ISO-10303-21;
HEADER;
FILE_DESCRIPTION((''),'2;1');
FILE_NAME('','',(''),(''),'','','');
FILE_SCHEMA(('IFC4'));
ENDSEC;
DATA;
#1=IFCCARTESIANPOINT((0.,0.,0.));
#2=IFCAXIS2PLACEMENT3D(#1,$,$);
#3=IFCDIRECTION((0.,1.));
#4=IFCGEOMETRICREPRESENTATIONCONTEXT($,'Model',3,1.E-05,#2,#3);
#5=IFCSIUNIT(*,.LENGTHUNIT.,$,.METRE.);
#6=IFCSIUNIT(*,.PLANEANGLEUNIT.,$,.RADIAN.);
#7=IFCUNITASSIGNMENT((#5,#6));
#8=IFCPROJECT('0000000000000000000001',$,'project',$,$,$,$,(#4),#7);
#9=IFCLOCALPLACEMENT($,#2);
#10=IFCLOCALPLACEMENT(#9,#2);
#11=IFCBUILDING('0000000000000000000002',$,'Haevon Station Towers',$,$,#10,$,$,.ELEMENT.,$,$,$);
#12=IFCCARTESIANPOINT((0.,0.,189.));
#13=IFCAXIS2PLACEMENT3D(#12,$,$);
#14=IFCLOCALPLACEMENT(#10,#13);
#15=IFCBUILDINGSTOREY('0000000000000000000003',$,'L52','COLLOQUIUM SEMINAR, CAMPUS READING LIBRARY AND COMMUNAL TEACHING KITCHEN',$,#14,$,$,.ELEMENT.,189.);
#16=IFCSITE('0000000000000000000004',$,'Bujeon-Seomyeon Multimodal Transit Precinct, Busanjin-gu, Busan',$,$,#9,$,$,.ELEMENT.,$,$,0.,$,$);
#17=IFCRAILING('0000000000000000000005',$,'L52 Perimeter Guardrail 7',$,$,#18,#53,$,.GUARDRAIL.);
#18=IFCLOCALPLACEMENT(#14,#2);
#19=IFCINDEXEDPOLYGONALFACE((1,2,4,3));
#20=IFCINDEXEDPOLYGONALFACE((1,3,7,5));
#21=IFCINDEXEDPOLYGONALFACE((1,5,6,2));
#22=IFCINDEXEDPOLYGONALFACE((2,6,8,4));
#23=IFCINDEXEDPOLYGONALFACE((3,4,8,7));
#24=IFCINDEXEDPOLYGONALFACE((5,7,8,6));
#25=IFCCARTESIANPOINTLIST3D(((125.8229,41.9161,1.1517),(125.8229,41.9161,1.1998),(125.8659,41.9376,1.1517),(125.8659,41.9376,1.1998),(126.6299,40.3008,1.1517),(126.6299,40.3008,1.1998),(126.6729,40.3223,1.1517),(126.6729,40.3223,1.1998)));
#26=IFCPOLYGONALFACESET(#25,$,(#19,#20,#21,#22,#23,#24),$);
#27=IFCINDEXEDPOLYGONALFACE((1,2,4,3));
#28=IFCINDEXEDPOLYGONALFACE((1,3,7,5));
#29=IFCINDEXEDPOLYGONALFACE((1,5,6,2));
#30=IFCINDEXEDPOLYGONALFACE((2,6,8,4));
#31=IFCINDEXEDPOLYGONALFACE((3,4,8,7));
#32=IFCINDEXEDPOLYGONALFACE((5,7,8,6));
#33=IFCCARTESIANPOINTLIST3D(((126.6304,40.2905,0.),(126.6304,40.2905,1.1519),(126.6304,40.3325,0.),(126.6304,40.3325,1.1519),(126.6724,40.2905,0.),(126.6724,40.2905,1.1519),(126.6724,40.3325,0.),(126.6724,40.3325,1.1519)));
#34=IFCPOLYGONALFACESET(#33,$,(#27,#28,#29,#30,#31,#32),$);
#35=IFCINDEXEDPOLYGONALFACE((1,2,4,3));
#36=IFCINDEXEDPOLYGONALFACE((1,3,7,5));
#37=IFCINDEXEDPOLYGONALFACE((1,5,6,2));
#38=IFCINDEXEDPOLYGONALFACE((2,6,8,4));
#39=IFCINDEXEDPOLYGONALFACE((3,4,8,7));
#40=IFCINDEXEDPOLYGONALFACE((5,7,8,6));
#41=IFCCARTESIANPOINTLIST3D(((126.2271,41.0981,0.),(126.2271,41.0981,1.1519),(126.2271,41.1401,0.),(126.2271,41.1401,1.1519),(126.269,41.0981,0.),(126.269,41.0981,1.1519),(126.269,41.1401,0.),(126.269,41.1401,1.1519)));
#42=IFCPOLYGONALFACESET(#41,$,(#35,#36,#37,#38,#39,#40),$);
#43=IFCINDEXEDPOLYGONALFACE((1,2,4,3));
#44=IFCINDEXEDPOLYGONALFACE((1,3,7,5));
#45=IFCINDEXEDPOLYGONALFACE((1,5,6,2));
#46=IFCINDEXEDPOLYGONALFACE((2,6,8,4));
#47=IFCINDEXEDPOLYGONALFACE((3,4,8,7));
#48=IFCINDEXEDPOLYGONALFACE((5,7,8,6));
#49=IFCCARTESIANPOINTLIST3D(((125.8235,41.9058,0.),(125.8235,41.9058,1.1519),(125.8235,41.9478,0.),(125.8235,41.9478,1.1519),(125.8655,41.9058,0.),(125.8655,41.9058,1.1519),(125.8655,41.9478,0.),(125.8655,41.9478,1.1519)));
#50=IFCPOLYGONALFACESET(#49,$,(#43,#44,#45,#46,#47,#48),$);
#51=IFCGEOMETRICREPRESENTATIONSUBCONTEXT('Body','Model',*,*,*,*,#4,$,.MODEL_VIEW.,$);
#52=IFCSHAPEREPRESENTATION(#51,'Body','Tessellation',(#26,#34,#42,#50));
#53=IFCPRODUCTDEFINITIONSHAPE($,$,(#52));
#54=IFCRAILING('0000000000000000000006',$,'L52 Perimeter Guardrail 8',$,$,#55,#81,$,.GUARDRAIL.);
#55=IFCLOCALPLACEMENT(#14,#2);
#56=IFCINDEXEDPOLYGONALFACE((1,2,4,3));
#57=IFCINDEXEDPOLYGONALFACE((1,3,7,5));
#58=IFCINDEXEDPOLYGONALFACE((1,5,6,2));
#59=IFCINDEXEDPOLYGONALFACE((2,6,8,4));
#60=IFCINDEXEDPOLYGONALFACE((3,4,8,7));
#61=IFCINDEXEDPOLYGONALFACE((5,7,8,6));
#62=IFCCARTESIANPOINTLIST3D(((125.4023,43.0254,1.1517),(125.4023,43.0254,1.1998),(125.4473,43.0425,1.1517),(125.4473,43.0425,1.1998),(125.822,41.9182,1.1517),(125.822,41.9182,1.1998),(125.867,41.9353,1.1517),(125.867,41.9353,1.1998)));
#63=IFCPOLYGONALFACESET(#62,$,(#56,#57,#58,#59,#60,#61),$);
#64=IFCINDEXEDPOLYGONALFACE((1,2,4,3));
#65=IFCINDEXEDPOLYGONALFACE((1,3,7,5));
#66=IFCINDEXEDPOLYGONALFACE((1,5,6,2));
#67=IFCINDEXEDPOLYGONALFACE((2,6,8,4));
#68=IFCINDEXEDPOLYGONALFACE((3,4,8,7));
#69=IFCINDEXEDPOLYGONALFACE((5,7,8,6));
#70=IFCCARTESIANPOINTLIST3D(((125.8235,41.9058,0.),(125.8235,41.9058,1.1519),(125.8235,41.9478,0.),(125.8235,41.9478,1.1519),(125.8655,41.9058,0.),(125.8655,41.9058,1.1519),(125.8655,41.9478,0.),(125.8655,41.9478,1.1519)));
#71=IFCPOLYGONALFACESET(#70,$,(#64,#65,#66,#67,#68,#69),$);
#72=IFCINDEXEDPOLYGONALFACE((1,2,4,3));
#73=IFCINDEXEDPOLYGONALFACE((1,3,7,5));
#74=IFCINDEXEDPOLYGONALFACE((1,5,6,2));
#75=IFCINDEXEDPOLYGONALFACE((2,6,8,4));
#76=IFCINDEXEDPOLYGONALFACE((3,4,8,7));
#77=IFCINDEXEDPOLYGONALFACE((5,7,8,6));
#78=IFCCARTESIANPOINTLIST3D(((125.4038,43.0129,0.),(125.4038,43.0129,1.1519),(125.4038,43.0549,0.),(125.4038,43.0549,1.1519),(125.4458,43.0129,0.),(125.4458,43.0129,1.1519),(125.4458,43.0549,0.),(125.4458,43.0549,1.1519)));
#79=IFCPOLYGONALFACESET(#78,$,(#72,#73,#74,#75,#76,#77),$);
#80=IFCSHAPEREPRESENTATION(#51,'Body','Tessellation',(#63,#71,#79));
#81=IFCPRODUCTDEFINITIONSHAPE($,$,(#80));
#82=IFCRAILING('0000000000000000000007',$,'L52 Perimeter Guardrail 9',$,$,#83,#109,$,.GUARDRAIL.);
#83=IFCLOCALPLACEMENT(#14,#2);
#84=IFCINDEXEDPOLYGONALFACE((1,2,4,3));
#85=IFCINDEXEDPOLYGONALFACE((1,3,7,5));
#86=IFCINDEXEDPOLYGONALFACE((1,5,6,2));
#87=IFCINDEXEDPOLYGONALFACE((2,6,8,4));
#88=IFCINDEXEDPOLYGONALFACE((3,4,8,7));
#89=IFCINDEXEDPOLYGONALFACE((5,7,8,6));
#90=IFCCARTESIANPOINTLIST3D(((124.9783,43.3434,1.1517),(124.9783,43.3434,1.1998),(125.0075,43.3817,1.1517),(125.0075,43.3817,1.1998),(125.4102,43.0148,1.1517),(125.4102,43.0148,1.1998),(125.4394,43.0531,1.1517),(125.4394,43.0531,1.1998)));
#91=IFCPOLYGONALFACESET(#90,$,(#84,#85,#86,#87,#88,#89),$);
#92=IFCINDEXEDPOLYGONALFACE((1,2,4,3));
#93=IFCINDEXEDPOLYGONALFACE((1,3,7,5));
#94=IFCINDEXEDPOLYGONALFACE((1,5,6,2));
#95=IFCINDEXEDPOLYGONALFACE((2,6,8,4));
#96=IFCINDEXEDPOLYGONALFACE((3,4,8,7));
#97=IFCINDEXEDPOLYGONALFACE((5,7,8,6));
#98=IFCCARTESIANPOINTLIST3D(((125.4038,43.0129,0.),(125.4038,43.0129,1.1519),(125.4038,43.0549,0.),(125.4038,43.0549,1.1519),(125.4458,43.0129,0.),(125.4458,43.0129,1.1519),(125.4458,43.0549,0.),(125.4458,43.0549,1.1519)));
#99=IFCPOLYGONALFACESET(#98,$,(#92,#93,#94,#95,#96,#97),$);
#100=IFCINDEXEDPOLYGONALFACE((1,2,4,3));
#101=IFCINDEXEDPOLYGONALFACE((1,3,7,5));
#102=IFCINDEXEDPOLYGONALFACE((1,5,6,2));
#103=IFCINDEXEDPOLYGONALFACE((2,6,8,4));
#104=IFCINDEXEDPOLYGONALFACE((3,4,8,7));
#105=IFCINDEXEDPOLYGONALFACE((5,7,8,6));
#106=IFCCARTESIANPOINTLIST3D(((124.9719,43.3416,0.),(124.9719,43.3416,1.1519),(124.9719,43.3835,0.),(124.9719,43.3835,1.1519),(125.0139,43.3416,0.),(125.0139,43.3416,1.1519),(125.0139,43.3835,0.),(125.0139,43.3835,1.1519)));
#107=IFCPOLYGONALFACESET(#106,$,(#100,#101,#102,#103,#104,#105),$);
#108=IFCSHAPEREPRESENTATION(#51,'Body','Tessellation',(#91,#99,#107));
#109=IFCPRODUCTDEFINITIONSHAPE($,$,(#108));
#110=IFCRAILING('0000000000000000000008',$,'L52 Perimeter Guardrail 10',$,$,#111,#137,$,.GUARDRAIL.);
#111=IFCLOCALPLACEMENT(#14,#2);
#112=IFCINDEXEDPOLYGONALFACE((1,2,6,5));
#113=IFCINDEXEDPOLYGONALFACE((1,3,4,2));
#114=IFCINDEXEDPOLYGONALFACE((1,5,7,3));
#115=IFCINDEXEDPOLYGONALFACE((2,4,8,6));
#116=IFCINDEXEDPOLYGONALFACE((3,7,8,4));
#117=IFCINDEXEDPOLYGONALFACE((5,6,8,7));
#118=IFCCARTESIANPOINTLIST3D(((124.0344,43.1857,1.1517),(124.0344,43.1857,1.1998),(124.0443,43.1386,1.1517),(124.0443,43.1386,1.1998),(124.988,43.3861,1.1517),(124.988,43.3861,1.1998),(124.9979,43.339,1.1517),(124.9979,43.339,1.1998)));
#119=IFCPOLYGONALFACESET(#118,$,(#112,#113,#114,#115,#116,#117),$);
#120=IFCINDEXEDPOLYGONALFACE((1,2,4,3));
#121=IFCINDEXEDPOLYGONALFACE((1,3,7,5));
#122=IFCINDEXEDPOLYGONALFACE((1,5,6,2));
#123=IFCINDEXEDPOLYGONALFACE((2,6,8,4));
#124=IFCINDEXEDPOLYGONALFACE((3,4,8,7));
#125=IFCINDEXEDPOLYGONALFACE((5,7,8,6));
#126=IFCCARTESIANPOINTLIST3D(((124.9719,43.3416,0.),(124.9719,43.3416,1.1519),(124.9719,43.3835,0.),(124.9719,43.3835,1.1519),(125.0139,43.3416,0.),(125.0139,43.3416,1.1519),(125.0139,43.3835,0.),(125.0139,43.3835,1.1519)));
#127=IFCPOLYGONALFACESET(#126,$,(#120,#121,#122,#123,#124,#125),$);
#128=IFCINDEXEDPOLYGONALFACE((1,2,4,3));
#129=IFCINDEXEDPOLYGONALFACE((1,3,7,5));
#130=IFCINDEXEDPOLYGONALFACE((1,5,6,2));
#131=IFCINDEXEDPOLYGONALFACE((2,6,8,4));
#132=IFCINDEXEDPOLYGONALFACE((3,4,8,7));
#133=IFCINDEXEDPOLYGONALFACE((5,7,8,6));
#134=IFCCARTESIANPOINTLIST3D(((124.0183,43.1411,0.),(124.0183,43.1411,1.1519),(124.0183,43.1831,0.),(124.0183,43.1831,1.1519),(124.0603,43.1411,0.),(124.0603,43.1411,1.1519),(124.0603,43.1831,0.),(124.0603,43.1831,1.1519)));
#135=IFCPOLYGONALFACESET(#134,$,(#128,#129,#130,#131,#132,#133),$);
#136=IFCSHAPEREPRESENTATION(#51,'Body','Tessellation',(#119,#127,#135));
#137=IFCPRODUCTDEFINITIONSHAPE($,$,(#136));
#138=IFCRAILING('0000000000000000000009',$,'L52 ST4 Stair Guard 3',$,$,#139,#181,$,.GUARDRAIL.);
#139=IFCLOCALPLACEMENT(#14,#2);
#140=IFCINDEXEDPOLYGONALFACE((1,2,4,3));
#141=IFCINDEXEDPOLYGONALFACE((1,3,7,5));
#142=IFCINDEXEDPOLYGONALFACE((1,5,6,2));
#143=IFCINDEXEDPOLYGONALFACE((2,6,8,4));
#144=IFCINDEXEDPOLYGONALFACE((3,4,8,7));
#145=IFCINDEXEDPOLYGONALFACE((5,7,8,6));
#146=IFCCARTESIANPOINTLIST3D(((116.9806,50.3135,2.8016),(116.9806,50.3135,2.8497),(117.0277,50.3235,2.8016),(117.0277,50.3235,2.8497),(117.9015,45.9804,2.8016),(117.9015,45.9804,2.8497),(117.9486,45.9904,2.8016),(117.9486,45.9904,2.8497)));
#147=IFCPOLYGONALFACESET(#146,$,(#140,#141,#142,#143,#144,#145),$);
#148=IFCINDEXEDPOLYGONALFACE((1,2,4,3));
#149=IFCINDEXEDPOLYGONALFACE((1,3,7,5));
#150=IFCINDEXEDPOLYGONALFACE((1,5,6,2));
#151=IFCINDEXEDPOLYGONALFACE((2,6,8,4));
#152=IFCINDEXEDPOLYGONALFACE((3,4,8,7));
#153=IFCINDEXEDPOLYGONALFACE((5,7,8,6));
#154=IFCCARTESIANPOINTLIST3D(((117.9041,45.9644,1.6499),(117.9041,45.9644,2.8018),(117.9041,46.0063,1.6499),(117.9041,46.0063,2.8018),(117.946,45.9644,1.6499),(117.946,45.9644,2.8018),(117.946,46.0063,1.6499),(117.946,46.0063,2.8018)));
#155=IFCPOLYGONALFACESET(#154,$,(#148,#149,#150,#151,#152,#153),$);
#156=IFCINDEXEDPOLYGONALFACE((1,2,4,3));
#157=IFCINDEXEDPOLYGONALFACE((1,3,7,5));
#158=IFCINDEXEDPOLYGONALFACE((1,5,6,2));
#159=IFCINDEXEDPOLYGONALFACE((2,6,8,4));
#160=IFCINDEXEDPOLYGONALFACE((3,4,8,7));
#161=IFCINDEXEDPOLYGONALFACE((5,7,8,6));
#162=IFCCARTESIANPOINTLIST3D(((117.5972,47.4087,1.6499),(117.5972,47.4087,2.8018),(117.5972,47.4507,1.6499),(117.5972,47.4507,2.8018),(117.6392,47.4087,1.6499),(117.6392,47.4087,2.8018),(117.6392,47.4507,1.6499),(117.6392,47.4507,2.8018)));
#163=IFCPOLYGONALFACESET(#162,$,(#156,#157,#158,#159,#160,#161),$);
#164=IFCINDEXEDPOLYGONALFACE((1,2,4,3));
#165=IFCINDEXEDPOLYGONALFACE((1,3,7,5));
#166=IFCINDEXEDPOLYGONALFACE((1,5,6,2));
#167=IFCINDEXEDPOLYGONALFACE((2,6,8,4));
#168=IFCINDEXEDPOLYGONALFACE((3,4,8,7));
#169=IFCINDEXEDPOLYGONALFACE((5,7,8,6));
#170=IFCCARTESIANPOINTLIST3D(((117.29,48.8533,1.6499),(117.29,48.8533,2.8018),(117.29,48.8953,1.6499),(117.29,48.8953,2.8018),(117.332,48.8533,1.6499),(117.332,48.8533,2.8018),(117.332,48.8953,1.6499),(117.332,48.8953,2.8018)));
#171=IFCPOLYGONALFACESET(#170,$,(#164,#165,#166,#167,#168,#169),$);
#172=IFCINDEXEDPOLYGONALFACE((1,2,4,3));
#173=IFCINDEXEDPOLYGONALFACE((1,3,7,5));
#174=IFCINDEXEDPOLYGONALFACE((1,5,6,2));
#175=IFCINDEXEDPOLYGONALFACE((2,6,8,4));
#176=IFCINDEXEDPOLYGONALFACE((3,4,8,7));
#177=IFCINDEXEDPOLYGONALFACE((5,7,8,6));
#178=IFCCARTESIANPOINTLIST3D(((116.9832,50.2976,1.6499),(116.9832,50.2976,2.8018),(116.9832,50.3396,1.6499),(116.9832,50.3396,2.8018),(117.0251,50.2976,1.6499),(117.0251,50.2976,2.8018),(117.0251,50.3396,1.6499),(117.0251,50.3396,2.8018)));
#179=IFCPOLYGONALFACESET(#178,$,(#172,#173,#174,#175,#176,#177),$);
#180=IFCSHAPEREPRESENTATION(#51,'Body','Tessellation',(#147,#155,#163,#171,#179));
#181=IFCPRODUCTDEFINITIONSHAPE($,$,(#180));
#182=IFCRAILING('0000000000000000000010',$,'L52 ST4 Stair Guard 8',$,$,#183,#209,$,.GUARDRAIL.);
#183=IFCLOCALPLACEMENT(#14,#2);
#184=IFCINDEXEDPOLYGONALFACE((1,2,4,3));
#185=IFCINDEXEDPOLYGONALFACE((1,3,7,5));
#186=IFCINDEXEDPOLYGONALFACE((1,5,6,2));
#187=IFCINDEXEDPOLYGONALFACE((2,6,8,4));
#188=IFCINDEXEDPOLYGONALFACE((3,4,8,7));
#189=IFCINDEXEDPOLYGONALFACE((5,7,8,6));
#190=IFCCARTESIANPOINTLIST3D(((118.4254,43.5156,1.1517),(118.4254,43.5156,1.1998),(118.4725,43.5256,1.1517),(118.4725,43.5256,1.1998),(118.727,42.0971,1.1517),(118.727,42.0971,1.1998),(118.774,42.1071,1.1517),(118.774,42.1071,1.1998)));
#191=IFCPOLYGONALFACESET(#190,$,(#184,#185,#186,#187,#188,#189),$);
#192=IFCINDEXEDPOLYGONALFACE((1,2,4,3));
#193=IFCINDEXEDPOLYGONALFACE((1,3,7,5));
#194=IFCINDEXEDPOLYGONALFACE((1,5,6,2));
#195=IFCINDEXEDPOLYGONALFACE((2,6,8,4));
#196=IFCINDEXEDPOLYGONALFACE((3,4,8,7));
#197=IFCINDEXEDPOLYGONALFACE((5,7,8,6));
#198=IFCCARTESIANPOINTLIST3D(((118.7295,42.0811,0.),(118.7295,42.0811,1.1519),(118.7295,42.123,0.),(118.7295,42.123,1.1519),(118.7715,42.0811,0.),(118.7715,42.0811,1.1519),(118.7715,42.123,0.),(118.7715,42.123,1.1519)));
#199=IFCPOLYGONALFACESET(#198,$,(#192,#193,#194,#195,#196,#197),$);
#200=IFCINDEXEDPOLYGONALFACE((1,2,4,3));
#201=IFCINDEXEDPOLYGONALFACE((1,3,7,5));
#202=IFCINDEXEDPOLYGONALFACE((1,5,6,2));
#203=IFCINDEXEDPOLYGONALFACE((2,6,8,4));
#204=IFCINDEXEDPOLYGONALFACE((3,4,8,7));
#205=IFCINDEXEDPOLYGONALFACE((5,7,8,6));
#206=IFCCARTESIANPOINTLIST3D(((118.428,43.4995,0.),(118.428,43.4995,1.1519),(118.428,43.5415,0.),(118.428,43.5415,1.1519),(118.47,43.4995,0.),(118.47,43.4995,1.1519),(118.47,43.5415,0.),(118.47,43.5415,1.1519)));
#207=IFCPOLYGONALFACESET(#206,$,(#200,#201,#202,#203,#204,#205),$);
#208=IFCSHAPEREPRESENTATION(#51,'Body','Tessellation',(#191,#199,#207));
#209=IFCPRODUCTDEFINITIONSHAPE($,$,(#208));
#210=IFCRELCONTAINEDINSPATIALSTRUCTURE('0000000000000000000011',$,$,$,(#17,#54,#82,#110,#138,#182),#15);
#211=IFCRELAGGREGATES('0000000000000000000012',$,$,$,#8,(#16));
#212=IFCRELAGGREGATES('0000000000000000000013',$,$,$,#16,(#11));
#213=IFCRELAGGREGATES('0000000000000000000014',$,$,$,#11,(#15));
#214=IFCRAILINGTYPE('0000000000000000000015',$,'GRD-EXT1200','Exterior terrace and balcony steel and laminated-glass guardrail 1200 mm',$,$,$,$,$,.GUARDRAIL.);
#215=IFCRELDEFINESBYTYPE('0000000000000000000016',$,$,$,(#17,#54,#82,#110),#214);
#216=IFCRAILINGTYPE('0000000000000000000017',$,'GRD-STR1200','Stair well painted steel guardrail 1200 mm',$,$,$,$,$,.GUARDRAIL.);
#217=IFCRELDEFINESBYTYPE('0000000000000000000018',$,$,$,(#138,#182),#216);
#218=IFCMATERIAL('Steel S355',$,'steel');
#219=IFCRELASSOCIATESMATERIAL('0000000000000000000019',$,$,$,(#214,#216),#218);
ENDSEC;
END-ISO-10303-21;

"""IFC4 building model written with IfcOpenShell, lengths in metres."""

from ifc_helpers import new_model, si_unit, direction, frame, origin, origin_2d, place, context, subcontext, project, spatial, rectangle, extrude, material, type_object, element, save


model = new_model("IFC4")

# Units and contexts
model_context = context("Model", 3, precision=1e-05, world=origin(), true_north=direction((0.0, 1.0)))
body_context = subcontext(model_context, "Body", "Model", "MODEL_VIEW")
ifc_project = project(units=[si_unit("LENGTHUNIT", "METRE"), si_unit("PLANEANGLEUNIT", "RADIAN")], contexts=[model_context])

# Site, building, storey
site_placement = place(None, origin())
site = spatial("IfcSite", under=ifc_project, at=site_placement, Name="Bujeon-Seomyeon Multimodal Transit Precinct, Busanjin-gu, Busan", CompositionType="ELEMENT", RefElevation=0.0)
building_placement = place(site_placement, origin())
building = spatial("IfcBuilding", under=site, at=building_placement, Name="Haevon Station Towers", CompositionType="ELEMENT")
storey_placement = place(building_placement, frame((0.0, 0.0, 189.0)))
storey = spatial("IfcBuildingStorey", under=building, at=storey_placement, Name="L52", Description="COLLOQUIUM SEMINAR, CAMPUS READING LIBRARY AND COMMUNAL TEACHING KITCHEN", CompositionType="ELEMENT", Elevation=189.0)

# Shared definitions
ifc_material_1 = material(Name="Steel S355", Category="steel")

# Railings
railing_type_1 = type_object("IfcRailingType", Name="GRD-EXT1200", Description="Exterior terrace and balcony steel and laminated-glass guardrail 1200 mm", PredefinedType="GUARDRAIL", material=ifc_material_1)
railing_1_placement = place(storey_placement, frame((126.6514, 40.3115, 0.0)))
element("IfcRailing", 1, at=railing_1_placement, inside=storey, type_object=railing_type_1, Name="L52 Perimeter Guardrail 7", PredefinedType="GUARDRAIL", context=body_context, shape_type="SweptSolid", body=[
    extrude(rectangle(XDim=0.0481, YDim=0.0481, at=origin_2d()), frame((0.0, 0.0, 1.1758), z_axis=(-0.446889, 0.894589, 0.0), x_axis=(-0.894589, -0.446889, 0.0)), (0.0, 0.0, 1.0), 1.8057),
    extrude(rectangle(XDim=0.042, YDim=0.042, at=origin_2d()), origin(), (0.0, 0.0, 1.0), 1.1519),
    extrude(rectangle(XDim=0.042, YDim=0.042, at=origin_2d()), frame((-0.4033, 0.8076, 0.0)), (0.0, 0.0, 1.0), 1.1519),
    extrude(rectangle(XDim=0.042, YDim=0.042, at=origin_2d()), frame((-0.8069, 1.6152, 0.0)), (0.0, 0.0, 1.0), 1.1519),
])
railing_2_placement = place(storey_placement, frame((125.8445, 41.9268, 0.0)))
element("IfcRailing", 2, at=railing_2_placement, inside=storey, type_object=railing_type_1, Name="L52 Perimeter Guardrail 8", PredefinedType="GUARDRAIL", context=body_context, shape_type="SweptSolid", body=[
    extrude(rectangle(XDim=0.0481, YDim=0.0481, at=origin_2d()), frame((0.0, 0.0, 1.1758), z_axis=(-0.354443, 0.935078, 0.0), x_axis=(-0.935078, -0.354443, 0.0)), (0.0, 0.0, 1.0), 1.1841),
    extrude(rectangle(XDim=0.042, YDim=0.042, at=origin_2d()), origin(), (0.0, 0.0, 1.0), 1.1519),
    extrude(rectangle(XDim=0.042, YDim=0.042, at=origin_2d()), frame((-0.4197, 1.1072, 0.0)), (0.0, 0.0, 1.0), 1.1519),
])
railing_3_placement = place(storey_placement, frame((125.4248, 43.0339, 0.0)))
element("IfcRailing", 3, at=railing_3_placement, inside=storey, type_object=railing_type_1, Name="L52 Perimeter Guardrail 9", PredefinedType="GUARDRAIL", context=body_context, shape_type="SweptSolid", body=[
    extrude(rectangle(XDim=0.0481, YDim=0.0481, at=origin_2d()), frame((0.0, 0.0, 1.1758), z_axis=(-0.795824, 0.605528, 0.0), x_axis=(-0.605528, -0.795824, 0.0)), (0.0, 0.0, 1.0), 0.5427),
    extrude(rectangle(XDim=0.042, YDim=0.042, at=origin_2d()), origin(), (0.0, 0.0, 1.0), 1.1519),
    extrude(rectangle(XDim=0.042, YDim=0.042, at=origin_2d()), frame((-0.4319, 0.3286, 0.0)), (0.0, 0.0, 1.0), 1.1519),
])
railing_4_placement = place(storey_placement, frame((124.9929, 43.3625, 0.0)))
element("IfcRailing", 4, at=railing_4_placement, inside=storey, type_object=railing_type_1, Name="L52 Perimeter Guardrail 10", PredefinedType="GUARDRAIL", context=body_context, shape_type="SweptSolid", body=[
    extrude(rectangle(XDim=0.0481, YDim=0.0481, at=origin_2d()), frame((0.0, 0.0, 1.1758), z_axis=(-0.978616, -0.205695, 0.0), x_axis=(0.205695, -0.978616, 0.0)), (0.0, 0.0, 1.0), 0.9744),
    extrude(rectangle(XDim=0.042, YDim=0.042, at=origin_2d()), origin(), (0.0, 0.0, 1.0), 1.1519),
    extrude(rectangle(XDim=0.042, YDim=0.042, at=origin_2d()), frame((-0.9536, -0.2004, 0.0)), (0.0, 0.0, 1.0), 1.1519),
])
railing_type_2 = type_object("IfcRailingType", Name="GRD-STR1200", Description="Stair well painted steel guardrail 1200 mm", PredefinedType="GUARDRAIL", material=ifc_material_1)
railing_5_placement = place(storey_placement, frame((117.925, 45.9854, 1.6499)))
element("IfcRailing", 5, at=railing_5_placement, inside=storey, type_object=railing_type_2, Name="L52 ST4 Stair Guard 3", PredefinedType="GUARDRAIL", context=body_context, shape_type="SweptSolid", body=[
    extrude(rectangle(XDim=0.0481, YDim=0.0481, at=origin_2d()), frame((0.0, 0.0, 1.1758), z_axis=(-0.207877, 0.978155, 0.0), x_axis=(-0.978155, -0.207877, 0.0)), (0.0, 0.0, 1.0), 4.4299),
    extrude(rectangle(XDim=0.042, YDim=0.042, at=origin_2d()), origin(), (0.0, 0.0, 1.0), 1.1519),
    extrude(rectangle(XDim=0.042, YDim=0.042, at=origin_2d()), frame((-0.3069, 1.4443, 0.0)), (0.0, 0.0, 1.0), 1.1519),
    extrude(rectangle(XDim=0.042, YDim=0.042, at=origin_2d()), frame((-0.614, 2.8889, 0.0)), (0.0, 0.0, 1.0), 1.1519),
    extrude(rectangle(XDim=0.042, YDim=0.042, at=origin_2d()), frame((-0.9209, 4.3333, 0.0)), (0.0, 0.0, 1.0), 1.1519),
])
railing_6_placement = place(storey_placement, frame((118.7505, 42.1021, 0.0)))
element("IfcRailing", 6, at=railing_6_placement, inside=storey, type_object=railing_type_2, Name="L52 ST4 Stair Guard 8", PredefinedType="GUARDRAIL", context=body_context, shape_type="SweptSolid", body=[
    extrude(rectangle(XDim=0.0481, YDim=0.0481, at=origin_2d()), frame((0.0, 0.0, 1.1758), z_axis=(-0.207919, 0.978146, 0.0), x_axis=(-0.978146, -0.207919, 0.0)), (0.0, 0.0, 1.0), 1.4502),
    extrude(rectangle(XDim=0.042, YDim=0.042, at=origin_2d()), origin(), (0.0, 0.0, 1.0), 1.1519),
    extrude(rectangle(XDim=0.042, YDim=0.042, at=origin_2d()), frame((-0.3015, 1.4185, 0.0)), (0.0, 0.0, 1.0), 1.1519),
])

save(model, "model.ifc")
